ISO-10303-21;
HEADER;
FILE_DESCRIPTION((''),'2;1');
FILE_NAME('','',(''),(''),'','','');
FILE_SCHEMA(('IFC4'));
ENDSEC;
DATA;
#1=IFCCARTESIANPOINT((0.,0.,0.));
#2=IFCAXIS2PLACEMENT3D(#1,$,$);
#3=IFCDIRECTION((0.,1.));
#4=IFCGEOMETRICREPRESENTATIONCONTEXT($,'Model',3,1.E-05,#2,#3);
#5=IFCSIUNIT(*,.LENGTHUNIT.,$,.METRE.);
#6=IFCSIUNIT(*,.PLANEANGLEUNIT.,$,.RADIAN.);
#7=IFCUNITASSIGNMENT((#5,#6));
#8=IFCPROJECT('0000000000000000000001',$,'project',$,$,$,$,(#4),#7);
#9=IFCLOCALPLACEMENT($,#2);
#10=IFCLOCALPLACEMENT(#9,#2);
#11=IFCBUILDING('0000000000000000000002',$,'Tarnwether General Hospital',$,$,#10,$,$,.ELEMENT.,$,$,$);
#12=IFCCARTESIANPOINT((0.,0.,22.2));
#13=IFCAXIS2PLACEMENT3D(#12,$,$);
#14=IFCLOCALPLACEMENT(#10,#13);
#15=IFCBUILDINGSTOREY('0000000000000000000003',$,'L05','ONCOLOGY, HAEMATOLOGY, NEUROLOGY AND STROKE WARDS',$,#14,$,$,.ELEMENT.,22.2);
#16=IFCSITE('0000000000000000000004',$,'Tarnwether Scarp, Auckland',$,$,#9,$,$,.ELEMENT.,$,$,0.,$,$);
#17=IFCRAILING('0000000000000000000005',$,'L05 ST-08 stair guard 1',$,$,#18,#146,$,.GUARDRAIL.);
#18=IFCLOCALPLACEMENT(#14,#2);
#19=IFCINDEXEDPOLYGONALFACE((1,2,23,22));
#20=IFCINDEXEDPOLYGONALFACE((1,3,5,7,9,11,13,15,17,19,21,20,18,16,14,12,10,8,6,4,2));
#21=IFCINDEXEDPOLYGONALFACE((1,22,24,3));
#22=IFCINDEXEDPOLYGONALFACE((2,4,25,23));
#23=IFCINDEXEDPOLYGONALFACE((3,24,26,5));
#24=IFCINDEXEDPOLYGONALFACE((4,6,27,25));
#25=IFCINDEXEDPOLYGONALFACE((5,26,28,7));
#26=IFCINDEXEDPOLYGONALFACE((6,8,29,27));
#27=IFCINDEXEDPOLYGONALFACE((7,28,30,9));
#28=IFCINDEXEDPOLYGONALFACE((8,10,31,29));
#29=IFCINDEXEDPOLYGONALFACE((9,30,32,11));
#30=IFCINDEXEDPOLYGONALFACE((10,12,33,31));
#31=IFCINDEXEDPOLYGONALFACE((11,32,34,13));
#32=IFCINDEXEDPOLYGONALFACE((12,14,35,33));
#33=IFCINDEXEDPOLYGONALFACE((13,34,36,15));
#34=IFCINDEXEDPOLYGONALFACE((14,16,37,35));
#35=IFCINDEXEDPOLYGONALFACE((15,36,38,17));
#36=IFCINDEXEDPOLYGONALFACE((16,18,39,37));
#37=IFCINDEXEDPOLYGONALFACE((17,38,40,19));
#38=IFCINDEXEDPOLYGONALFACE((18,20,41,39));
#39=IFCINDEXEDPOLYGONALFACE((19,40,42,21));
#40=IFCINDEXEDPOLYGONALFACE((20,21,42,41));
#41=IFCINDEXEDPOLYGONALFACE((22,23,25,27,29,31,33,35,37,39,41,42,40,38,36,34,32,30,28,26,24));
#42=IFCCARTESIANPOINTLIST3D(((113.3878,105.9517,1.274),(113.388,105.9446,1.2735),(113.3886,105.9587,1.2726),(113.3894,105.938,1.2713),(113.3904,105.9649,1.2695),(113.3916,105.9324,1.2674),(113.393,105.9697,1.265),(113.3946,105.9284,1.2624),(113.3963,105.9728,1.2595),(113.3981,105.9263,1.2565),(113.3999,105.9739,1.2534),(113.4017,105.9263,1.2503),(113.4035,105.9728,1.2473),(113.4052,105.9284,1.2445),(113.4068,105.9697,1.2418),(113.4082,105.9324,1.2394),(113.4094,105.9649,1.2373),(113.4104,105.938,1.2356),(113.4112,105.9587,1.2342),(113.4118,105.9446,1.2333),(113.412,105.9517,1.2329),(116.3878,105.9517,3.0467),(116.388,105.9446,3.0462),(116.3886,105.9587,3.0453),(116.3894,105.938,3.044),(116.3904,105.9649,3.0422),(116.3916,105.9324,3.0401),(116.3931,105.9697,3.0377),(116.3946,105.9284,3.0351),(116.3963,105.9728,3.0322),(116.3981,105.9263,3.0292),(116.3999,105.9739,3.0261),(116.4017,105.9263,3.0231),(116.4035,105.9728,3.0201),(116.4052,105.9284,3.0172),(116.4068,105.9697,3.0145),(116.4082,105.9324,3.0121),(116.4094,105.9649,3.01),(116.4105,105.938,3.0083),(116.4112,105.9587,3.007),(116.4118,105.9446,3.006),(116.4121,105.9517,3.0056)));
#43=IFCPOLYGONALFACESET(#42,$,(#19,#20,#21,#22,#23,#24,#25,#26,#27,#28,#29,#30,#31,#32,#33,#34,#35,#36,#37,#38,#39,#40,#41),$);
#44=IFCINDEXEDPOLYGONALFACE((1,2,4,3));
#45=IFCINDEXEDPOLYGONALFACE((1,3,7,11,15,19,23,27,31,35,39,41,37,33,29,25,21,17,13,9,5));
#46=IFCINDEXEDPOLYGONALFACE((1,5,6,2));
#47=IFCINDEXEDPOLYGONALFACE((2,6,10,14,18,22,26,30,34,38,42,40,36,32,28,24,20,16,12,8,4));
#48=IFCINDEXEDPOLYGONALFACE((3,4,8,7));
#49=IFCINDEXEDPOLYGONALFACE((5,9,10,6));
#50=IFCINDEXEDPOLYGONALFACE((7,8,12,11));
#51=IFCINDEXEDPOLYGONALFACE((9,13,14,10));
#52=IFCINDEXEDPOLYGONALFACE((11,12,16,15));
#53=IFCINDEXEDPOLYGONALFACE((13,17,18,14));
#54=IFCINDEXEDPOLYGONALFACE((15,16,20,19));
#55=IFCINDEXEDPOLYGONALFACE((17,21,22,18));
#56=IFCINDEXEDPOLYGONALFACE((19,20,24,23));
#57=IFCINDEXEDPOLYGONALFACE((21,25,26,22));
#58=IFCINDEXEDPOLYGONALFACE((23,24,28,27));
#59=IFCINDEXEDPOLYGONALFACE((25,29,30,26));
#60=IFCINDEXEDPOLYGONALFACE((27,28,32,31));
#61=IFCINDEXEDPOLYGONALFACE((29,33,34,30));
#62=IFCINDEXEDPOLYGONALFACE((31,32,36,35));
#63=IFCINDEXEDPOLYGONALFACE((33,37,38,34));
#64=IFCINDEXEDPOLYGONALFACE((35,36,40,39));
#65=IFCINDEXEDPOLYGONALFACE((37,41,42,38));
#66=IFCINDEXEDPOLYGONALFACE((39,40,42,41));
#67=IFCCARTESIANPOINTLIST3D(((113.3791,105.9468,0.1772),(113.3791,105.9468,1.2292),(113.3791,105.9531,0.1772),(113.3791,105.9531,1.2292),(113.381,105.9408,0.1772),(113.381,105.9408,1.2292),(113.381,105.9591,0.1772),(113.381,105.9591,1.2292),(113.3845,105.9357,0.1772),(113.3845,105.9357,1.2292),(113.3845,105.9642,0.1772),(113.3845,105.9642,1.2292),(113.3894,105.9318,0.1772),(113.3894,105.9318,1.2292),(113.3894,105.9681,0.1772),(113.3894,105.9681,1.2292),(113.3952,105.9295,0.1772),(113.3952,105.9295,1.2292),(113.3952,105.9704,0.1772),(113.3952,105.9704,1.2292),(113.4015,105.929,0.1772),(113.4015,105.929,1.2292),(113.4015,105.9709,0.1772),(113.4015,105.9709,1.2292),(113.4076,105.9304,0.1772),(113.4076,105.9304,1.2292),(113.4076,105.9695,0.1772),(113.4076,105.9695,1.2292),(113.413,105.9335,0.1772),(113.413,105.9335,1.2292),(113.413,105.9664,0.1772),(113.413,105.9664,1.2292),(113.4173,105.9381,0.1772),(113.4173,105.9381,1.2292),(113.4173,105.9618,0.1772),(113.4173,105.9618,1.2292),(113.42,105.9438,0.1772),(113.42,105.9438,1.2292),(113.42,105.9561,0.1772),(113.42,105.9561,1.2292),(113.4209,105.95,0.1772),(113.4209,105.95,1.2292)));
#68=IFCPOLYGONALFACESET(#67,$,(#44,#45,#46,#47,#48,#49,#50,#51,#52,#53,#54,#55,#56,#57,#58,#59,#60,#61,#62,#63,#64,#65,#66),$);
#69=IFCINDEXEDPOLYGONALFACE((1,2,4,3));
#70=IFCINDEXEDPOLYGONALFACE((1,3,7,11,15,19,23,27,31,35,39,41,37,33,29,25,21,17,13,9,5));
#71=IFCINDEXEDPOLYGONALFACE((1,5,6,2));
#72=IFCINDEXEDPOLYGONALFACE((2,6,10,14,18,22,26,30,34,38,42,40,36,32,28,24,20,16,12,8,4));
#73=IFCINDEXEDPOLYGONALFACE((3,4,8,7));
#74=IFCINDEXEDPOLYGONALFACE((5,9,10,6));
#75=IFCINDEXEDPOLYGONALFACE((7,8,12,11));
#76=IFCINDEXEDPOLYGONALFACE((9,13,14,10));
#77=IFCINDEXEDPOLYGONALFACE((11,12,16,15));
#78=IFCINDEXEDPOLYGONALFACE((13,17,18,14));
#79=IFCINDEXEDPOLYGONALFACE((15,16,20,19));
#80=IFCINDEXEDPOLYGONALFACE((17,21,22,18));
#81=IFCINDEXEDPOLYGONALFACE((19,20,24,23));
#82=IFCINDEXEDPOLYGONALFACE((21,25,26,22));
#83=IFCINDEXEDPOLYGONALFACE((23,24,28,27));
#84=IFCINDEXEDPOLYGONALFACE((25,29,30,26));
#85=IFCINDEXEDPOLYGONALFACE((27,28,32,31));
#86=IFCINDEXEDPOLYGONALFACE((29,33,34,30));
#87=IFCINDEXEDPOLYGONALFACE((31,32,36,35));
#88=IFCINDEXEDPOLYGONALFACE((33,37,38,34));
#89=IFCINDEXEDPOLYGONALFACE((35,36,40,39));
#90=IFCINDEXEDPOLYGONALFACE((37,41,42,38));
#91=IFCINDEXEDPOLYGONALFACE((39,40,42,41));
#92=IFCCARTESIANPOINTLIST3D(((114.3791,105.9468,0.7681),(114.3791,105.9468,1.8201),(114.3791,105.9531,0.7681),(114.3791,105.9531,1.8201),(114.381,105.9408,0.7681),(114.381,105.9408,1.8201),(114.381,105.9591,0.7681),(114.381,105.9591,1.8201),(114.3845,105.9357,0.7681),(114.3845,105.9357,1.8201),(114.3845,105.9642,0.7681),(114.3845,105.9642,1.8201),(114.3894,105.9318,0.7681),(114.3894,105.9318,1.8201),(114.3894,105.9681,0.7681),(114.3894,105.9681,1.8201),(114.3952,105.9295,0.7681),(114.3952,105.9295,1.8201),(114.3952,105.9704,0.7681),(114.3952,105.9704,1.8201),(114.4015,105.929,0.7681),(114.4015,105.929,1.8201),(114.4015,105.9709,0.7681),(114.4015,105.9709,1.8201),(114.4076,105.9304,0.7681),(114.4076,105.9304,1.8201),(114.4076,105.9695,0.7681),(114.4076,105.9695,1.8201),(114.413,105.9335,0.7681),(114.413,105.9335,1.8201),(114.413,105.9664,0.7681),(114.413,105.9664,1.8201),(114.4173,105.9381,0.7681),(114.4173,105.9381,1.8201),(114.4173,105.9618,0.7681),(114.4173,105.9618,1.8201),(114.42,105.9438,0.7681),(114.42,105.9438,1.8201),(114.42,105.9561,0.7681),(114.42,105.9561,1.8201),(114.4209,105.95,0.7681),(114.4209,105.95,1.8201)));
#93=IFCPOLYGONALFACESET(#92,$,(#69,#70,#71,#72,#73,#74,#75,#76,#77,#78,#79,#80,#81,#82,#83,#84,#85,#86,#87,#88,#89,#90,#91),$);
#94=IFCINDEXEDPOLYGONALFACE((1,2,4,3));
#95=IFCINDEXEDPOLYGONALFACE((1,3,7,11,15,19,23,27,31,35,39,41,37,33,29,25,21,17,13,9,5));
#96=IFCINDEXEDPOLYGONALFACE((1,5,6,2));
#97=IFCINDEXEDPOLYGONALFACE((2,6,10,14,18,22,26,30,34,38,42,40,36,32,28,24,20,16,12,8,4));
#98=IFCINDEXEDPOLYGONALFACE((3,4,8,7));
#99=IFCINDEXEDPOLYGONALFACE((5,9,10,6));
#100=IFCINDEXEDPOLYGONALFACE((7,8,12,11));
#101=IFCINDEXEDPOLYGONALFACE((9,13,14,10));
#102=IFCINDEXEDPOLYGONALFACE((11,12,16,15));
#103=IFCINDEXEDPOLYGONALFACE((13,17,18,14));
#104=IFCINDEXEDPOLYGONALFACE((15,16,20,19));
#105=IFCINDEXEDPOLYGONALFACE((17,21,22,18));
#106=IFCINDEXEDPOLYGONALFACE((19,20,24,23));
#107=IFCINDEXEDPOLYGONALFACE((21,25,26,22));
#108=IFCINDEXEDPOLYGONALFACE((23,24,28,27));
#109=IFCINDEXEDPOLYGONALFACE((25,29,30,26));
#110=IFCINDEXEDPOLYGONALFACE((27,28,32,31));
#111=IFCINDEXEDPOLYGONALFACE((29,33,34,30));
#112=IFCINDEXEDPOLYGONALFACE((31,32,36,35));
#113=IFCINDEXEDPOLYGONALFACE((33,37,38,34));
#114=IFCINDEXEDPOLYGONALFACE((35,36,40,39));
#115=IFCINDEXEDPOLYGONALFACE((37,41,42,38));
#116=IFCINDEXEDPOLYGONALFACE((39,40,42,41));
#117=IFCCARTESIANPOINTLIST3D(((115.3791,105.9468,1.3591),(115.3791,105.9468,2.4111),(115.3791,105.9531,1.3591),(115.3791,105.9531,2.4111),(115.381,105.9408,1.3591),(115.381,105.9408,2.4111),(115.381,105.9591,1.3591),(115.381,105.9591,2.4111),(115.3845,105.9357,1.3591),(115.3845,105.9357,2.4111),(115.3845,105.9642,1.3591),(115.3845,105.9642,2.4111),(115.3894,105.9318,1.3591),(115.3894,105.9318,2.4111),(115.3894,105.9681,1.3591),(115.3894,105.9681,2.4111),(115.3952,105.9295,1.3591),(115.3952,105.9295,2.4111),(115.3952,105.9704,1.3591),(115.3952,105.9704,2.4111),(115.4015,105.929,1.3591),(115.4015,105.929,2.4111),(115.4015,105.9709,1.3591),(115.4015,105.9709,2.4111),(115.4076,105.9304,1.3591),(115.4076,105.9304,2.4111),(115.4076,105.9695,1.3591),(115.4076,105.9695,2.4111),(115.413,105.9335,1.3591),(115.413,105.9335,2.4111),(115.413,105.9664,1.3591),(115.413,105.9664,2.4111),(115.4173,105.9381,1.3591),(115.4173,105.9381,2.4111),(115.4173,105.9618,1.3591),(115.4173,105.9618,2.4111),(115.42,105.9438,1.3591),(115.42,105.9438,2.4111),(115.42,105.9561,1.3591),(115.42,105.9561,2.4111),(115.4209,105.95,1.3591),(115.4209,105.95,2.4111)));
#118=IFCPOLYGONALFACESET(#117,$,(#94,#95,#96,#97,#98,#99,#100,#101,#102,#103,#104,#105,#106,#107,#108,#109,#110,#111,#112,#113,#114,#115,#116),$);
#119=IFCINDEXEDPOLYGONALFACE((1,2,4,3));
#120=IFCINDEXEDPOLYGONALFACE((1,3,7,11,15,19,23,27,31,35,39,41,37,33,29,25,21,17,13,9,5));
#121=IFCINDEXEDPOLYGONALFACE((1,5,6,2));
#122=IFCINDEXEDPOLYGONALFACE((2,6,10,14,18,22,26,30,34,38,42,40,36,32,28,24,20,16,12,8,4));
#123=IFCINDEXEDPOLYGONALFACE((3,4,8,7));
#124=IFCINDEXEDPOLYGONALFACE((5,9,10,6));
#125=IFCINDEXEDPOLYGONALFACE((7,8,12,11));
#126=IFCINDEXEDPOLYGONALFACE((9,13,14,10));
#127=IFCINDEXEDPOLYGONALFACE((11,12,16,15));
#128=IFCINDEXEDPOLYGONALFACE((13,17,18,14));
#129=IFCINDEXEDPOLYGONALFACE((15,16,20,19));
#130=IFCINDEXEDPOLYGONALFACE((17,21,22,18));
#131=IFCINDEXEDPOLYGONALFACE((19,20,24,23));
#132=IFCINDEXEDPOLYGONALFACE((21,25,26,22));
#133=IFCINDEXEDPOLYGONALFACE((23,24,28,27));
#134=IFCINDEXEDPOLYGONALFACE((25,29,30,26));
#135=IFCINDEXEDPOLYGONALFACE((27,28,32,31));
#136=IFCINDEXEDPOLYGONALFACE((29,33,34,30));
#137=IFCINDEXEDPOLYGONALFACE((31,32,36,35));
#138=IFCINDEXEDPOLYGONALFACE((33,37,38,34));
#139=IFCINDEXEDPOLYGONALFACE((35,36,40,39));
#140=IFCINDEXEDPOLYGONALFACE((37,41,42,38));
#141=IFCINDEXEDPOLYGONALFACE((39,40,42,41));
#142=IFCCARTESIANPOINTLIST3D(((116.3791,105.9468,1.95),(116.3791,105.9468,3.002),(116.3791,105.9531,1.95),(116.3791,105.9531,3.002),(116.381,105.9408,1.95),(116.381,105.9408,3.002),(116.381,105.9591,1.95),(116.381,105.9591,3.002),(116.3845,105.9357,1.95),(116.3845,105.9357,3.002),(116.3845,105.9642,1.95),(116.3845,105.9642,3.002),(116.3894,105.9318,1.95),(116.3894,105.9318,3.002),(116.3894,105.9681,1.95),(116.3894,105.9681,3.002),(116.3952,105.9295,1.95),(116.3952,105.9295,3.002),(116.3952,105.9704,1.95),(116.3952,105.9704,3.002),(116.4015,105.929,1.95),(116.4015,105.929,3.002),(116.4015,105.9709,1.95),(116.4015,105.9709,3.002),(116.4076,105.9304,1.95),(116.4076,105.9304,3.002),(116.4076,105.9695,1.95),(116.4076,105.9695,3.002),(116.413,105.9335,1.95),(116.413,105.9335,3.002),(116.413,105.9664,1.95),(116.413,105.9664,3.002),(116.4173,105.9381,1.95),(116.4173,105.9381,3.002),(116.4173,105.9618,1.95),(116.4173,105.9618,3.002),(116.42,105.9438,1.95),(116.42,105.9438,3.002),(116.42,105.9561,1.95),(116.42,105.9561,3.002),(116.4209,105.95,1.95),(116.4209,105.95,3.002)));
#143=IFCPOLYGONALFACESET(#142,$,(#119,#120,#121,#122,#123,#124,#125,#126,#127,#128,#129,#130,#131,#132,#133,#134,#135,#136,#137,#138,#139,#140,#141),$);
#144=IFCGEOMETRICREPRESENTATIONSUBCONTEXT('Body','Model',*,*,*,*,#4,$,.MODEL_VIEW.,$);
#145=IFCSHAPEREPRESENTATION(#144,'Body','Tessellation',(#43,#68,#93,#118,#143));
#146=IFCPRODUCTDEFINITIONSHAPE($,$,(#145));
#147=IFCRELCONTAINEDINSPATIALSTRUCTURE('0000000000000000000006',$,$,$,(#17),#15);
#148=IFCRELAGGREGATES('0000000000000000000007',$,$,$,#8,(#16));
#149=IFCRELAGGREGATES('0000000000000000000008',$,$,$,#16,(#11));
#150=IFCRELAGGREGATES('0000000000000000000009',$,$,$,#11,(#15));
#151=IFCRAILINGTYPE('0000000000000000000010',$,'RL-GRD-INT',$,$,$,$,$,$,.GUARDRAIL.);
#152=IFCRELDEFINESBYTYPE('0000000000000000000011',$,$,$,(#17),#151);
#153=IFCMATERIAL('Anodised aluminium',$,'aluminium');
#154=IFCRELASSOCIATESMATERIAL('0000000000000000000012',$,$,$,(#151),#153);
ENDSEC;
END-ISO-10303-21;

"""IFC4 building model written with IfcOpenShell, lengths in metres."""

from ifc_helpers import new_model, si_unit, direction, frame, origin, origin_2d, place, context, subcontext, project, spatial, circle, extrude, material, type_object, element, save


model = new_model("IFC4")

# Units and contexts
model_context = context("Model", 3, precision=1e-05, world=origin(), true_north=direction((0.0, 1.0)))
body_context = subcontext(model_context, "Body", "Model", "MODEL_VIEW")
ifc_project = project(units=[si_unit("LENGTHUNIT", "METRE"), si_unit("PLANEANGLEUNIT", "RADIAN")], contexts=[model_context])

# Site, building, storey
site_placement = place(None, origin())
site = spatial("IfcSite", under=ifc_project, at=site_placement, Name="Tarnwether Scarp, Auckland", CompositionType="ELEMENT", RefElevation=0.0)
building_placement = place(site_placement, origin())
building = spatial("IfcBuilding", under=site, at=building_placement, Name="Tarnwether General Hospital", CompositionType="ELEMENT")
storey_placement = place(building_placement, frame((0.0, 0.0, 22.2)))
storey = spatial("IfcBuildingStorey", under=building, at=storey_placement, Name="L05", Description="ONCOLOGY, HAEMATOLOGY, NEUROLOGY AND STROKE WARDS", CompositionType="ELEMENT", Elevation=22.2)

# Railing
ifc_material_1 = material(Name="Anodised aluminium", Category="aluminium")
railing_type_1 = type_object("IfcRailingType", Name="RL-GRD-INT", PredefinedType="GUARDRAIL", material=ifc_material_1)
railing_1_placement = place(storey_placement, frame((113.3999, 105.95, 0.1772)))
element("IfcRailing", 1, at=railing_1_placement, inside=storey, type_object=railing_type_1, Name="L05 ST-08 stair guard 1", PredefinedType="GUARDRAIL", context=body_context, shape_type="SweptSolid", body=[
    extrude(circle(Radius=0.0239, at=origin_2d()), frame((0.0, 0.0, 1.0762), z_axis=(0.860929, 0.0, 0.508725), x_axis=(0.0, 1.0, 0.0)), (0.0, 0.0, 1.0), 3.4846),
    extrude(circle(Radius=0.021, at=origin_2d()), origin(), (0.0, 0.0, 1.0), 1.052),
    extrude(circle(Radius=0.021, at=origin_2d()), frame((1.0, 0.0, 0.5908)), (0.0, 0.0, 1.0), 1.052),
    extrude(circle(Radius=0.021, at=origin_2d()), frame((2.0, 0.0, 1.1819)), (0.0, 0.0, 1.0), 1.052),
    extrude(circle(Radius=0.021, at=origin_2d()), frame((3.0, 0.0, 1.7727)), (0.0, 0.0, 1.0), 1.052),
])

save(model, "model.ifc")
